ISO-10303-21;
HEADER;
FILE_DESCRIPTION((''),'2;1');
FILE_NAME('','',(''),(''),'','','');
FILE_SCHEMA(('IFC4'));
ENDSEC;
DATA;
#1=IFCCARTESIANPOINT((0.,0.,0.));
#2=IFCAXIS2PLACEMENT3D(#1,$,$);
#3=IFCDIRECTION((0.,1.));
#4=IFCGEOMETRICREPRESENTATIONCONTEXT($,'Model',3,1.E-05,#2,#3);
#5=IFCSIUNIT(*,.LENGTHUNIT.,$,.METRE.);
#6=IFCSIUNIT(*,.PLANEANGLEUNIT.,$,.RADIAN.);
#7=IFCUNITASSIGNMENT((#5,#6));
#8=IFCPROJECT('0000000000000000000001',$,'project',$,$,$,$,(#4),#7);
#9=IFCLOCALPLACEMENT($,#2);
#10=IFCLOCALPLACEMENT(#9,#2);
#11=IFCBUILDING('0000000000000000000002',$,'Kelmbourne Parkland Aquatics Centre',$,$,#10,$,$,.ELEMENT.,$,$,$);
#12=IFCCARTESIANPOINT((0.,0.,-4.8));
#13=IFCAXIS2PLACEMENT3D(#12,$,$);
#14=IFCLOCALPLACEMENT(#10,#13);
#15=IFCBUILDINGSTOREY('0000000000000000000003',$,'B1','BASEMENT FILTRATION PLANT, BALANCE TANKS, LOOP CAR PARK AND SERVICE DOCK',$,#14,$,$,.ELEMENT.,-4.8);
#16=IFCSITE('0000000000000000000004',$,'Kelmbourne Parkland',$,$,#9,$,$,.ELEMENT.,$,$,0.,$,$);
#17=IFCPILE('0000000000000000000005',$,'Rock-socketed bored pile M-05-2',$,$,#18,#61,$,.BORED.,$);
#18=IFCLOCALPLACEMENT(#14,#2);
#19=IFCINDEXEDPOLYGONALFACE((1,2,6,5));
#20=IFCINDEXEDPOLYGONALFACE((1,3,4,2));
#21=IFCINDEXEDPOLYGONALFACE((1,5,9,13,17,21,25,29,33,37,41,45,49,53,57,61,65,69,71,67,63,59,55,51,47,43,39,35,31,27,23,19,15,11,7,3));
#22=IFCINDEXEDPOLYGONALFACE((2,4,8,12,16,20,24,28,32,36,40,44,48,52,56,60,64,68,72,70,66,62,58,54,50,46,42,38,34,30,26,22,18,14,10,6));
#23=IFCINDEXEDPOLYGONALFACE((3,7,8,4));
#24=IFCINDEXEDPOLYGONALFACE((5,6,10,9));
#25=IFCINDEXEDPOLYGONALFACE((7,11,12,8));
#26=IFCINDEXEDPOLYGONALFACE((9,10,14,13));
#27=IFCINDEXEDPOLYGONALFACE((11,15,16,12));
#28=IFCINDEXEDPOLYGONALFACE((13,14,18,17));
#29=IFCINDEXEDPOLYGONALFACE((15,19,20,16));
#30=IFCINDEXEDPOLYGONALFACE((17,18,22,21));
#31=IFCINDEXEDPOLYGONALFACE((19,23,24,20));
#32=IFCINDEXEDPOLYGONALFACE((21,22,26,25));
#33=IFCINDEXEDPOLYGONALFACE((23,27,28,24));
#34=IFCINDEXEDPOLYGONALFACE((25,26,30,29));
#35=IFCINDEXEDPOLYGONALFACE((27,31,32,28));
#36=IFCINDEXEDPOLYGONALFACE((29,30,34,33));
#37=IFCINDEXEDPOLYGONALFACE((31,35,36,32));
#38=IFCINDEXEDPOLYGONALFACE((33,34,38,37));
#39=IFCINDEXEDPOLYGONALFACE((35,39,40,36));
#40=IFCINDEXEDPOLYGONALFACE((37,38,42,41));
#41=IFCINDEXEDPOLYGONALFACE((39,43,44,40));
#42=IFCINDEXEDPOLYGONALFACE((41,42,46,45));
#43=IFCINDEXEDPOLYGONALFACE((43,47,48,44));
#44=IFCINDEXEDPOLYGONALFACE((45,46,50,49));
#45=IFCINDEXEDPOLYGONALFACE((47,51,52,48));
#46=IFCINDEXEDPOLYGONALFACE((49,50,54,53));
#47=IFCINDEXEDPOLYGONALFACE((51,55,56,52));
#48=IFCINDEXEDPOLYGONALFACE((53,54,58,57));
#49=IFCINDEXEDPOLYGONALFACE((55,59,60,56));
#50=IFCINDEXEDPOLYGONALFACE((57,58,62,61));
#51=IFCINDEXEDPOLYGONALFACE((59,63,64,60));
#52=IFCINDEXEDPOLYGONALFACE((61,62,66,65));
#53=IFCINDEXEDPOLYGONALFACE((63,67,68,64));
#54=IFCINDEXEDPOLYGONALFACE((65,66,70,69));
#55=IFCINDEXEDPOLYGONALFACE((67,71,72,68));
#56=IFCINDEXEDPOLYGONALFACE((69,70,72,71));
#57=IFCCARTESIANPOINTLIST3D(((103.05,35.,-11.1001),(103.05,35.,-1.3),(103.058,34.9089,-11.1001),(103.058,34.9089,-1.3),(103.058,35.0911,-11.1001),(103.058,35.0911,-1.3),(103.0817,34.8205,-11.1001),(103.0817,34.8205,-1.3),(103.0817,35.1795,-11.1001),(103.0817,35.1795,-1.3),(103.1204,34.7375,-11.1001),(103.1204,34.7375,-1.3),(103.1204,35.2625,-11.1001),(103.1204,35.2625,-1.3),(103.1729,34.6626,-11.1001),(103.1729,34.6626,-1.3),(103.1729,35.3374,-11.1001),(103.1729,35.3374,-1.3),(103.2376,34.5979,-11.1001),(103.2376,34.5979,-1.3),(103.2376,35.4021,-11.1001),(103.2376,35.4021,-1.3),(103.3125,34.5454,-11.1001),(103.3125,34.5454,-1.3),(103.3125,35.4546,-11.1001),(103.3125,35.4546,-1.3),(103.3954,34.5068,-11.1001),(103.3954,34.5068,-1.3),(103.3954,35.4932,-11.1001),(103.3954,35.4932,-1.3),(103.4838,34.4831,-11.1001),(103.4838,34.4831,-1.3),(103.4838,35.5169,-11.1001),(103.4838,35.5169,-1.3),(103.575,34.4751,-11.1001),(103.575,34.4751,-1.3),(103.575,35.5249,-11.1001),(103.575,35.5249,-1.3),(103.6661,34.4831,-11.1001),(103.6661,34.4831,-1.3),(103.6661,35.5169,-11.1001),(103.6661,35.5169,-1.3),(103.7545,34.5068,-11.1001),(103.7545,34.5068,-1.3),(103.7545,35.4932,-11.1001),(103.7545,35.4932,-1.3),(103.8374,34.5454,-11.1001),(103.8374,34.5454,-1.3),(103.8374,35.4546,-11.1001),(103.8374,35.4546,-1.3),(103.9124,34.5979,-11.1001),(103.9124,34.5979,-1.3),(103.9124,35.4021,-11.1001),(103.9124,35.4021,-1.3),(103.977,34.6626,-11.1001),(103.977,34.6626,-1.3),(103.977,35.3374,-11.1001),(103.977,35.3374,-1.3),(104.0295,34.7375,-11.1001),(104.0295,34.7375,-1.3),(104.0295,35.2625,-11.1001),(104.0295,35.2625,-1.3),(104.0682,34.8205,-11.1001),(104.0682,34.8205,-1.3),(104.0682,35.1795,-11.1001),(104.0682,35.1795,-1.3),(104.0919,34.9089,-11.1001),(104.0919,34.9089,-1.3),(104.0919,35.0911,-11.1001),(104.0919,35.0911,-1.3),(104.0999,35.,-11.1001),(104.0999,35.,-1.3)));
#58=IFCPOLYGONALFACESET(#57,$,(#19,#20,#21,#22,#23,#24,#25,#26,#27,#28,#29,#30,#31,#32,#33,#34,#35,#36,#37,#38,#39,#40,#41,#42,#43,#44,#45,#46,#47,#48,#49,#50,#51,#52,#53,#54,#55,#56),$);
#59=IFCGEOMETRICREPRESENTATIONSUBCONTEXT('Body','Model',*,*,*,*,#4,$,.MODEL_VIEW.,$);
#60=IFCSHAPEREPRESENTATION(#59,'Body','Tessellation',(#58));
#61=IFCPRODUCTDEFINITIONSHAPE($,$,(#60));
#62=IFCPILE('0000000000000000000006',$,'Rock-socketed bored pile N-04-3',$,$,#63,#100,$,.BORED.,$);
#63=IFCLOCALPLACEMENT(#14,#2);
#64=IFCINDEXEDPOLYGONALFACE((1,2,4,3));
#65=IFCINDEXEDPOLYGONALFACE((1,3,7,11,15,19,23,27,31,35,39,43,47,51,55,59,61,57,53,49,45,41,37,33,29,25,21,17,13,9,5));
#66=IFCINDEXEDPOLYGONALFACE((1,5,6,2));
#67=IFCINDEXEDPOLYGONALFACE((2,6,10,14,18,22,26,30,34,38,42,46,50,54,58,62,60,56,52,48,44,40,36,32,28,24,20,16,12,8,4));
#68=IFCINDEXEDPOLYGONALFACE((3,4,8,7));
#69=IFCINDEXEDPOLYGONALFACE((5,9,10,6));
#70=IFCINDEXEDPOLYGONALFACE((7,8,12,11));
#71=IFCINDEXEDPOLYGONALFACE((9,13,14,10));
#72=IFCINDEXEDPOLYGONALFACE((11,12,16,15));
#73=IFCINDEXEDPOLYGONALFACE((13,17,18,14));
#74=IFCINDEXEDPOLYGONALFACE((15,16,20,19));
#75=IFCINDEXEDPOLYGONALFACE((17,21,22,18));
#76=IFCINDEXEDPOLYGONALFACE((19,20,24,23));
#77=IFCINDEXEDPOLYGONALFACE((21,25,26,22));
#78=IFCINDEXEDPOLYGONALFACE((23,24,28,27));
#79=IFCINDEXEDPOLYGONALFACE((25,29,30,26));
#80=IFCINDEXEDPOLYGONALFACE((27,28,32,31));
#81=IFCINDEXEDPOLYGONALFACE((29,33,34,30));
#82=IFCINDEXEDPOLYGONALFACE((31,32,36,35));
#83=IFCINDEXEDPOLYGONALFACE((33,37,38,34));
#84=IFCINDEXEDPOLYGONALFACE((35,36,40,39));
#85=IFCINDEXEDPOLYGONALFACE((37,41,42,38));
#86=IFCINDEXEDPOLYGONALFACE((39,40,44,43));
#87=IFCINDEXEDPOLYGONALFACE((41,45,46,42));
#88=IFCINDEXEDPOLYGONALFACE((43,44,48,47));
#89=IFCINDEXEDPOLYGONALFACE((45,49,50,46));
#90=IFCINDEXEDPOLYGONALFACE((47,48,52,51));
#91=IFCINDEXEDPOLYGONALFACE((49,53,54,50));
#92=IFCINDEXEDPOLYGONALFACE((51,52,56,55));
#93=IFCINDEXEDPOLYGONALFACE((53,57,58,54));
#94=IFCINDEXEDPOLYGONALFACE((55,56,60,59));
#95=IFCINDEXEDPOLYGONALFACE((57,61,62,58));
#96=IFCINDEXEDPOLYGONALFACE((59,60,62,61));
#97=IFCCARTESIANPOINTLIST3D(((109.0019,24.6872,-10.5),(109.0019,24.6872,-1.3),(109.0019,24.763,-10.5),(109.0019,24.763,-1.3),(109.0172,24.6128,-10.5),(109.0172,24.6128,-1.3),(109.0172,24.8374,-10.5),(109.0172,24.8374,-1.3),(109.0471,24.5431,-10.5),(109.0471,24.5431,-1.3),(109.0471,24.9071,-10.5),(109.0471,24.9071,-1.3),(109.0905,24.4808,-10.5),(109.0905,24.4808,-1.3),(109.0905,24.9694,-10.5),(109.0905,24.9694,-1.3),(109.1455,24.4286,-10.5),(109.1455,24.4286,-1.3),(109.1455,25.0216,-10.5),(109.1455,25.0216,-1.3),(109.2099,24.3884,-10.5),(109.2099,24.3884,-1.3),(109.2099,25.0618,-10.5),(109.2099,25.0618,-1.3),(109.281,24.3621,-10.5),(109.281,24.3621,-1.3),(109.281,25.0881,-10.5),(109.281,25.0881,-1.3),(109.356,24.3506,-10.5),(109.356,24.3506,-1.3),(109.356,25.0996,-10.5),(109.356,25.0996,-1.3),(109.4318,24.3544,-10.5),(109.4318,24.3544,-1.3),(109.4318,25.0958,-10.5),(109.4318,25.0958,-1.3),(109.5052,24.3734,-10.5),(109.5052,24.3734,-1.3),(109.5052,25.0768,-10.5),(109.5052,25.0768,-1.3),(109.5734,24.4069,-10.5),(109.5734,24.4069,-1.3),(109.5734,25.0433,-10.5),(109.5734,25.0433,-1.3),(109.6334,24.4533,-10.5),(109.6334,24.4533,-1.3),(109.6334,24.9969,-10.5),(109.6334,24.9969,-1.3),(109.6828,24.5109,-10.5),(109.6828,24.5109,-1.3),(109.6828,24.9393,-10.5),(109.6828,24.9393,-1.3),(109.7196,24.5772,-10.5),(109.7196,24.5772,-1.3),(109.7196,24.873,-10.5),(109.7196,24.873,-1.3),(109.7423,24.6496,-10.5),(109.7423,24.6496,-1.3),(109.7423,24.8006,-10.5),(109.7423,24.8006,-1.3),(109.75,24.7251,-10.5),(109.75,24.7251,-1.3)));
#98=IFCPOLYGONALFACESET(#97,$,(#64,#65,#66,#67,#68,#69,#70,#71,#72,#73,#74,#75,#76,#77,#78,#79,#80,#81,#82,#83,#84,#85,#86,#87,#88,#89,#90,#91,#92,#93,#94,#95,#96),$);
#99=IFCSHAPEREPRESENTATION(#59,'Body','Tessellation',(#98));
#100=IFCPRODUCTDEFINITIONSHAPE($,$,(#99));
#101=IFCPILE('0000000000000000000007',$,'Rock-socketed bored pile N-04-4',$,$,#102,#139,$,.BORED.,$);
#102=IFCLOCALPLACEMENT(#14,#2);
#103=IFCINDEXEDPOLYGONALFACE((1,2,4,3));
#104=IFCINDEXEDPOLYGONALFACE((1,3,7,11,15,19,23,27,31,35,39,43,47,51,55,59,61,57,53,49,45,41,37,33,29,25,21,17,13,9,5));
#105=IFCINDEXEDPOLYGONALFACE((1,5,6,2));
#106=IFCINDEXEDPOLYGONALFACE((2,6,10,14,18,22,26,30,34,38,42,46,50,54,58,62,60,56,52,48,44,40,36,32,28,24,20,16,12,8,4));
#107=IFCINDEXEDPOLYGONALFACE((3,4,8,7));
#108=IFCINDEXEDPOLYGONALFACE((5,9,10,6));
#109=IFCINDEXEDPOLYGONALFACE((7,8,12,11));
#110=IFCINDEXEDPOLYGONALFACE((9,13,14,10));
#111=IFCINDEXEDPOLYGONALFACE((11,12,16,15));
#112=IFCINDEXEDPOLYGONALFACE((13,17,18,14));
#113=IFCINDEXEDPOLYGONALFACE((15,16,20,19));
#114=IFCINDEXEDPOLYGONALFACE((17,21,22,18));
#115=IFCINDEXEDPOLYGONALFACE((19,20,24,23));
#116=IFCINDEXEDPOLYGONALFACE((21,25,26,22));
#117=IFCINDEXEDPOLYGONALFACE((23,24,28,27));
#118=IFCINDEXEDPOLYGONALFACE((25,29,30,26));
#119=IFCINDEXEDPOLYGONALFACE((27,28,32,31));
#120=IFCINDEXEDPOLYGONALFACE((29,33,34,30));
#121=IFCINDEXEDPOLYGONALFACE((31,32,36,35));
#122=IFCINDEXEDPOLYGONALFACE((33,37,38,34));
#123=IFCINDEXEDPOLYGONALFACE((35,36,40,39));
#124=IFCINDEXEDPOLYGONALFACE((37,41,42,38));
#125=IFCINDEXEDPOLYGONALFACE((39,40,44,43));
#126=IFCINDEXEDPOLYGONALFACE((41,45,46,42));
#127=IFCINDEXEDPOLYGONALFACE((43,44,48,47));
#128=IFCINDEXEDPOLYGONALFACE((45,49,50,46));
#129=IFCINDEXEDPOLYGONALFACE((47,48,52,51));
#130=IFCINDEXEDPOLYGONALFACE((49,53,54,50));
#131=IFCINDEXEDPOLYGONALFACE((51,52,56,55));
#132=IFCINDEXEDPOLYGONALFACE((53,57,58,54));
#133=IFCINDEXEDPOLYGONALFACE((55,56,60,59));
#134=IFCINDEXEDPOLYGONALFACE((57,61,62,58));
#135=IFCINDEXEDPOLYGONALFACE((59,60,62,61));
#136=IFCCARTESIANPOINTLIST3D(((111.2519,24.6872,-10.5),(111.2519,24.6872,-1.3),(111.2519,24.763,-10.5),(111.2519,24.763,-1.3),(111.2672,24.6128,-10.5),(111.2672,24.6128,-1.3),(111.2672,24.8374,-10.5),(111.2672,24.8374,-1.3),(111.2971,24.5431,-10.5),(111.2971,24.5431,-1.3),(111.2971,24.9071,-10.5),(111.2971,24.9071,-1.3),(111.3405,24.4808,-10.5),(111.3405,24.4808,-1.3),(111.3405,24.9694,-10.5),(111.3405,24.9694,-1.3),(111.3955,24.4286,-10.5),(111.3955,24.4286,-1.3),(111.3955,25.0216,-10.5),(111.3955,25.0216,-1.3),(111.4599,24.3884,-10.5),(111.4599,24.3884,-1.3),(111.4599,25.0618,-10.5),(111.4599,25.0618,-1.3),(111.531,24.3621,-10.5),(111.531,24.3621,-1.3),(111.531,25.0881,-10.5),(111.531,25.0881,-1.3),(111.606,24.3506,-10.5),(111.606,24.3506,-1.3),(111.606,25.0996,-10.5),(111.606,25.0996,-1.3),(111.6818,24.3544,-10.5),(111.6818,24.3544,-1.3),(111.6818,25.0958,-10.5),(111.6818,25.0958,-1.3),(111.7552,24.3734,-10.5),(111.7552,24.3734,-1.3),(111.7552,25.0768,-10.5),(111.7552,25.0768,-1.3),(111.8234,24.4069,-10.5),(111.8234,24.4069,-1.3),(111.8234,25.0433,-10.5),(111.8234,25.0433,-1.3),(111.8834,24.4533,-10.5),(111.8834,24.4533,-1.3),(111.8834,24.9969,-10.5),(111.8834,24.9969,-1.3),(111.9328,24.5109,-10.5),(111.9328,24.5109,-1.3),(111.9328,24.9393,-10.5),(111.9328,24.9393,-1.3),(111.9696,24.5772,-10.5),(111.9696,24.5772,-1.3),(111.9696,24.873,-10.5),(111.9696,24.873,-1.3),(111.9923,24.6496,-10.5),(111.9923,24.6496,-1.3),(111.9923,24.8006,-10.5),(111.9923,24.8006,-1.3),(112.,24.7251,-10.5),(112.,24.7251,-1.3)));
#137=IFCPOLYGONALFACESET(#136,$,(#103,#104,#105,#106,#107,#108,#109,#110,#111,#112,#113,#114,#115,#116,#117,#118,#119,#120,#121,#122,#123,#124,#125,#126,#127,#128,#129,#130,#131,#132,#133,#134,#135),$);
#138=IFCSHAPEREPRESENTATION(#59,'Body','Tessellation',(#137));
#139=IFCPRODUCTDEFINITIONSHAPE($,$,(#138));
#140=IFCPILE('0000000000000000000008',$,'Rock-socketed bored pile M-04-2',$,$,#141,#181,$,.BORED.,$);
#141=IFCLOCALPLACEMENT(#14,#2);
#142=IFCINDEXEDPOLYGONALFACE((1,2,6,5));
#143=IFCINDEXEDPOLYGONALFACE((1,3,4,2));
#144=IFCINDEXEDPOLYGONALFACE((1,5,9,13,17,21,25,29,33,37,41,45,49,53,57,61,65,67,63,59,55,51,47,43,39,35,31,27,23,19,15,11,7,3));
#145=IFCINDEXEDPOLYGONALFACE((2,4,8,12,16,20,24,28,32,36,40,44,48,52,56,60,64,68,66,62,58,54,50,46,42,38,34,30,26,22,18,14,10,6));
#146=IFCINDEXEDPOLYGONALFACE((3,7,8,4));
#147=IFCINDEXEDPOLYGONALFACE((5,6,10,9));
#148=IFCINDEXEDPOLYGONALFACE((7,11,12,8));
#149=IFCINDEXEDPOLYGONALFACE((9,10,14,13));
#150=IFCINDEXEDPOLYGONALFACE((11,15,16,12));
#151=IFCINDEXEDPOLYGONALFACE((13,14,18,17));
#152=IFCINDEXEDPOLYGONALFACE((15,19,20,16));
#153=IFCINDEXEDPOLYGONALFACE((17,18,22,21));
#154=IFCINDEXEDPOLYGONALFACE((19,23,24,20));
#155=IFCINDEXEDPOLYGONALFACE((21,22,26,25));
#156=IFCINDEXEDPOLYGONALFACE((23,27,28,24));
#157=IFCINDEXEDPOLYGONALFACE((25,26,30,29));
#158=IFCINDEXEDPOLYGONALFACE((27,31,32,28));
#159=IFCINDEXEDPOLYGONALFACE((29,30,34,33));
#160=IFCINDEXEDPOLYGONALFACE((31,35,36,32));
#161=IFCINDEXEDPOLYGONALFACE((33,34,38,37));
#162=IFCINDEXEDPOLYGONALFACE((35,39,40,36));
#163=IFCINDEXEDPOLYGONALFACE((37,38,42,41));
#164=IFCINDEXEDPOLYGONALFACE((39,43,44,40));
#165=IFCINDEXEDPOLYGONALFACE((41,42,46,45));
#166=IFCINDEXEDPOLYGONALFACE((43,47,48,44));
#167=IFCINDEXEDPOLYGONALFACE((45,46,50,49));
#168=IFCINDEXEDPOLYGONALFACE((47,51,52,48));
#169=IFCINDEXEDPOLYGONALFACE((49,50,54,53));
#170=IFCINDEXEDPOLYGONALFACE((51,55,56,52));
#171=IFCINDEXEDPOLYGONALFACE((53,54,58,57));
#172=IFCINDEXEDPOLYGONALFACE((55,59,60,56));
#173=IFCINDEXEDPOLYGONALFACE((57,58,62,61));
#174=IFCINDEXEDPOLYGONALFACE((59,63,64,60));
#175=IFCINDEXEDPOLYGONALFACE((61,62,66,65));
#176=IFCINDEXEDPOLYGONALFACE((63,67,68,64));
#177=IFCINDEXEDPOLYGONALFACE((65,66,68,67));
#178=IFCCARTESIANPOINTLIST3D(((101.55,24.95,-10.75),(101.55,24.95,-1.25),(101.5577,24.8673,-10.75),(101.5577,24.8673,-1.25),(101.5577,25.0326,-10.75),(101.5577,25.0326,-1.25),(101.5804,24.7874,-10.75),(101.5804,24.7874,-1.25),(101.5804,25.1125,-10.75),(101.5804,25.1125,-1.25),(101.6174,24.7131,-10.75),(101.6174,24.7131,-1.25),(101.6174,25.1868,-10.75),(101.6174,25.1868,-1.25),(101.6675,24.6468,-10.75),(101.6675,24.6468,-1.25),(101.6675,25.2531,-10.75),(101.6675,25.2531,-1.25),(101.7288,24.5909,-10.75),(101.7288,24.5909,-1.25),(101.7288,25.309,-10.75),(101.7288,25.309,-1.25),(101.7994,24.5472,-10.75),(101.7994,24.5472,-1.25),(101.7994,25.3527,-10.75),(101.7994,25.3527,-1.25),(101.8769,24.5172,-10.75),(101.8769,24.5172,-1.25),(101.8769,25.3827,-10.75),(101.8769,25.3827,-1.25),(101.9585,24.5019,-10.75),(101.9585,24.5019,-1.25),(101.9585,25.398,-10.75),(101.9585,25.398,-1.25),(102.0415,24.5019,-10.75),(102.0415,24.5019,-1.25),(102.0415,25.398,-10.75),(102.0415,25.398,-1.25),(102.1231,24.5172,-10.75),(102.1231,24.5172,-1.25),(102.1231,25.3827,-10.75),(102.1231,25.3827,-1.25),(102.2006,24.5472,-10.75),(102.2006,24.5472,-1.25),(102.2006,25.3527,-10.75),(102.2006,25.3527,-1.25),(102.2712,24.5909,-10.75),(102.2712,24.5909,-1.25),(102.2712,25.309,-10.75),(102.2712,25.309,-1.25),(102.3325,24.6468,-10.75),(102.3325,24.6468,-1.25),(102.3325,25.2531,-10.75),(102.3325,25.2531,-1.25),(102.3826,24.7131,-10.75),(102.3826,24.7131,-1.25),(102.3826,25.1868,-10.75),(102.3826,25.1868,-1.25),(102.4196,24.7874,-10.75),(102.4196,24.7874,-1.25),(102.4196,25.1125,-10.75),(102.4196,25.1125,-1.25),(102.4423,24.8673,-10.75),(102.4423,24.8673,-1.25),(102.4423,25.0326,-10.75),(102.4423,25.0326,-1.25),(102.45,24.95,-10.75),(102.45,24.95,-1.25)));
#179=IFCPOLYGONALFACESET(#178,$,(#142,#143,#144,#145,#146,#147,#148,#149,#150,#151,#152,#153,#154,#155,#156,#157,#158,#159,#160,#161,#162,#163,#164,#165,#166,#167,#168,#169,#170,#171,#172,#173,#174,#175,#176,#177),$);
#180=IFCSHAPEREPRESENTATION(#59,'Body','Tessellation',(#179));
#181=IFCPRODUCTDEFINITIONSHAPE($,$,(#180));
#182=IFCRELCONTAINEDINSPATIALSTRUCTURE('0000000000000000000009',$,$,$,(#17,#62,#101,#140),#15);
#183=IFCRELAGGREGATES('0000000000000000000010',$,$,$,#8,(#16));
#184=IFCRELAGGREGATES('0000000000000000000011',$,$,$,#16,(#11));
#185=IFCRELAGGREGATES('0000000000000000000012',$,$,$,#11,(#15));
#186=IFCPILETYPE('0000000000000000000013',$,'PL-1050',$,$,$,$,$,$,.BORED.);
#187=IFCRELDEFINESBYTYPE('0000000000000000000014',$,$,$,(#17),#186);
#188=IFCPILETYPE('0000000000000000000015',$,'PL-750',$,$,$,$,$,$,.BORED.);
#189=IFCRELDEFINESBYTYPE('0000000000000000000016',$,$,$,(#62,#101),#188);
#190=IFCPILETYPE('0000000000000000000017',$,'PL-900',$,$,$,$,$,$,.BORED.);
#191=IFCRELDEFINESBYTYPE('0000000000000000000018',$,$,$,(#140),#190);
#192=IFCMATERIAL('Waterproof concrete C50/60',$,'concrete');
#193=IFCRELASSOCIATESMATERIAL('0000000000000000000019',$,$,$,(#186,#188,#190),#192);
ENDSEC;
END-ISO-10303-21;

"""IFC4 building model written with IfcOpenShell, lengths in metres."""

from ifc_helpers import new_model, si_unit, direction, frame, origin, origin_2d, place, context, subcontext, project, spatial, circle, extrude, material, material_profile, profile_set, type_object, element, save


model = new_model("IFC4")

# Units and contexts
model_context = context("Model", 3, precision=1e-05, world=origin(), true_north=direction((0.0, 1.0)))
body_context = subcontext(model_context, "Body", "Model", "MODEL_VIEW")
ifc_project = project(units=[si_unit("LENGTHUNIT", "METRE"), si_unit("PLANEANGLEUNIT", "RADIAN")], contexts=[model_context])

# Site, building, storey
site_placement = place(None, origin())
site = spatial("IfcSite", under=ifc_project, at=site_placement, Name="Kelmbourne Parkland", CompositionType="ELEMENT", RefElevation=0.0)
building_placement = place(site_placement, origin())
building = spatial("IfcBuilding", under=site, at=building_placement, Name="Kelmbourne Parkland Aquatics Centre", CompositionType="ELEMENT")
storey_placement = place(building_placement, frame((0.0, 0.0, -4.8)))
storey = spatial("IfcBuildingStorey", under=building, at=storey_placement, Name="B1", Description="BASEMENT FILTRATION PLANT, BALANCE TANKS, LOOP CAR PARK AND SERVICE DOCK", CompositionType="ELEMENT", Elevation=-4.8)

# Shared definitions
ifc_material_1 = material(Name="Waterproof concrete C50/60", Category="concrete")

# Piles
ifc_material_profile_1 = material_profile(ifc_material_1, circle(Radius=0.5249, at=origin_2d()), Name="PILE D1050")
ifc_profile_set_1 = profile_set([ifc_material_profile_1], Name="Waterproof concrete C50/60")
pile_type_1 = type_object("IfcPileType", Name="PL-1050", PredefinedType="BORED", material=ifc_profile_set_1)
for number, where, z_axis, x_axis, name in (
    (1, (103.575, 35.0, -1.3), (0.0, 0.0, -1.0), (1.0, 0.0, 0.0), "Rock-socketed bored pile M-05-2"),
):
    element("IfcPile", number, at=place(storey_placement, frame(where, z_axis=z_axis, x_axis=x_axis)), inside=storey, type_object=pile_type_1, Name=name, PredefinedType="BORED", context=body_context, shape_type="SweptSolid", body=[
        extrude(circle(Radius=0.5249, at=origin_2d()), origin(), (0.0, 0.0, 1.0), 9.8),
    ])
ifc_material_profile_2 = material_profile(ifc_material_1, circle(Radius=0.375, at=origin_2d()), Name="PILE D750")
ifc_profile_set_2 = profile_set([ifc_material_profile_2], Name="Waterproof concrete C50/60")
pile_type_2 = type_object("IfcPileType", Name="PL-750", PredefinedType="BORED", material=ifc_profile_set_2)
for number, where, z_axis, x_axis, name in (
    (2, (109.375, 24.7251, -1.3), (0.0, 0.0, -1.0), (1.0, 0.0, 0.0), "Rock-socketed bored pile N-04-3"),
    (3, (111.625, 24.7251, -1.3), (0.0, 0.0, -1.0), (1.0, 0.0, 0.0), "Rock-socketed bored pile N-04-4"),
):
    element("IfcPile", number, at=place(storey_placement, frame(where, z_axis=z_axis, x_axis=x_axis)), inside=storey, type_object=pile_type_2, Name=name, PredefinedType="BORED", context=body_context, shape_type="SweptSolid", body=[
        extrude(circle(Radius=0.375, at=origin_2d()), origin(), (0.0, 0.0, 1.0), 9.2),
    ])
ifc_material_profile_3 = material_profile(ifc_material_1, circle(Radius=0.45, at=origin_2d()), Name="PILE D900")
ifc_profile_set_3 = profile_set([ifc_material_profile_3], Name="Waterproof concrete C50/60")
pile_type_3 = type_object("IfcPileType", Name="PL-900", PredefinedType="BORED", material=ifc_profile_set_3)
for number, where, z_axis, x_axis, name in (
    (4, (102.0, 24.95, -1.25), (0.0, 0.0, -1.0), (1.0, 0.0, 0.0), "Rock-socketed bored pile M-04-2"),
):
    element("IfcPile", number, at=place(storey_placement, frame(where, z_axis=z_axis, x_axis=x_axis)), inside=storey, type_object=pile_type_3, Name=name, PredefinedType="BORED", context=body_context, shape_type="SweptSolid", body=[
        extrude(circle(Radius=0.45, at=origin_2d()), origin(), (0.0, 0.0, 1.0), 9.5),
    ])

save(model, "model.ifc")
